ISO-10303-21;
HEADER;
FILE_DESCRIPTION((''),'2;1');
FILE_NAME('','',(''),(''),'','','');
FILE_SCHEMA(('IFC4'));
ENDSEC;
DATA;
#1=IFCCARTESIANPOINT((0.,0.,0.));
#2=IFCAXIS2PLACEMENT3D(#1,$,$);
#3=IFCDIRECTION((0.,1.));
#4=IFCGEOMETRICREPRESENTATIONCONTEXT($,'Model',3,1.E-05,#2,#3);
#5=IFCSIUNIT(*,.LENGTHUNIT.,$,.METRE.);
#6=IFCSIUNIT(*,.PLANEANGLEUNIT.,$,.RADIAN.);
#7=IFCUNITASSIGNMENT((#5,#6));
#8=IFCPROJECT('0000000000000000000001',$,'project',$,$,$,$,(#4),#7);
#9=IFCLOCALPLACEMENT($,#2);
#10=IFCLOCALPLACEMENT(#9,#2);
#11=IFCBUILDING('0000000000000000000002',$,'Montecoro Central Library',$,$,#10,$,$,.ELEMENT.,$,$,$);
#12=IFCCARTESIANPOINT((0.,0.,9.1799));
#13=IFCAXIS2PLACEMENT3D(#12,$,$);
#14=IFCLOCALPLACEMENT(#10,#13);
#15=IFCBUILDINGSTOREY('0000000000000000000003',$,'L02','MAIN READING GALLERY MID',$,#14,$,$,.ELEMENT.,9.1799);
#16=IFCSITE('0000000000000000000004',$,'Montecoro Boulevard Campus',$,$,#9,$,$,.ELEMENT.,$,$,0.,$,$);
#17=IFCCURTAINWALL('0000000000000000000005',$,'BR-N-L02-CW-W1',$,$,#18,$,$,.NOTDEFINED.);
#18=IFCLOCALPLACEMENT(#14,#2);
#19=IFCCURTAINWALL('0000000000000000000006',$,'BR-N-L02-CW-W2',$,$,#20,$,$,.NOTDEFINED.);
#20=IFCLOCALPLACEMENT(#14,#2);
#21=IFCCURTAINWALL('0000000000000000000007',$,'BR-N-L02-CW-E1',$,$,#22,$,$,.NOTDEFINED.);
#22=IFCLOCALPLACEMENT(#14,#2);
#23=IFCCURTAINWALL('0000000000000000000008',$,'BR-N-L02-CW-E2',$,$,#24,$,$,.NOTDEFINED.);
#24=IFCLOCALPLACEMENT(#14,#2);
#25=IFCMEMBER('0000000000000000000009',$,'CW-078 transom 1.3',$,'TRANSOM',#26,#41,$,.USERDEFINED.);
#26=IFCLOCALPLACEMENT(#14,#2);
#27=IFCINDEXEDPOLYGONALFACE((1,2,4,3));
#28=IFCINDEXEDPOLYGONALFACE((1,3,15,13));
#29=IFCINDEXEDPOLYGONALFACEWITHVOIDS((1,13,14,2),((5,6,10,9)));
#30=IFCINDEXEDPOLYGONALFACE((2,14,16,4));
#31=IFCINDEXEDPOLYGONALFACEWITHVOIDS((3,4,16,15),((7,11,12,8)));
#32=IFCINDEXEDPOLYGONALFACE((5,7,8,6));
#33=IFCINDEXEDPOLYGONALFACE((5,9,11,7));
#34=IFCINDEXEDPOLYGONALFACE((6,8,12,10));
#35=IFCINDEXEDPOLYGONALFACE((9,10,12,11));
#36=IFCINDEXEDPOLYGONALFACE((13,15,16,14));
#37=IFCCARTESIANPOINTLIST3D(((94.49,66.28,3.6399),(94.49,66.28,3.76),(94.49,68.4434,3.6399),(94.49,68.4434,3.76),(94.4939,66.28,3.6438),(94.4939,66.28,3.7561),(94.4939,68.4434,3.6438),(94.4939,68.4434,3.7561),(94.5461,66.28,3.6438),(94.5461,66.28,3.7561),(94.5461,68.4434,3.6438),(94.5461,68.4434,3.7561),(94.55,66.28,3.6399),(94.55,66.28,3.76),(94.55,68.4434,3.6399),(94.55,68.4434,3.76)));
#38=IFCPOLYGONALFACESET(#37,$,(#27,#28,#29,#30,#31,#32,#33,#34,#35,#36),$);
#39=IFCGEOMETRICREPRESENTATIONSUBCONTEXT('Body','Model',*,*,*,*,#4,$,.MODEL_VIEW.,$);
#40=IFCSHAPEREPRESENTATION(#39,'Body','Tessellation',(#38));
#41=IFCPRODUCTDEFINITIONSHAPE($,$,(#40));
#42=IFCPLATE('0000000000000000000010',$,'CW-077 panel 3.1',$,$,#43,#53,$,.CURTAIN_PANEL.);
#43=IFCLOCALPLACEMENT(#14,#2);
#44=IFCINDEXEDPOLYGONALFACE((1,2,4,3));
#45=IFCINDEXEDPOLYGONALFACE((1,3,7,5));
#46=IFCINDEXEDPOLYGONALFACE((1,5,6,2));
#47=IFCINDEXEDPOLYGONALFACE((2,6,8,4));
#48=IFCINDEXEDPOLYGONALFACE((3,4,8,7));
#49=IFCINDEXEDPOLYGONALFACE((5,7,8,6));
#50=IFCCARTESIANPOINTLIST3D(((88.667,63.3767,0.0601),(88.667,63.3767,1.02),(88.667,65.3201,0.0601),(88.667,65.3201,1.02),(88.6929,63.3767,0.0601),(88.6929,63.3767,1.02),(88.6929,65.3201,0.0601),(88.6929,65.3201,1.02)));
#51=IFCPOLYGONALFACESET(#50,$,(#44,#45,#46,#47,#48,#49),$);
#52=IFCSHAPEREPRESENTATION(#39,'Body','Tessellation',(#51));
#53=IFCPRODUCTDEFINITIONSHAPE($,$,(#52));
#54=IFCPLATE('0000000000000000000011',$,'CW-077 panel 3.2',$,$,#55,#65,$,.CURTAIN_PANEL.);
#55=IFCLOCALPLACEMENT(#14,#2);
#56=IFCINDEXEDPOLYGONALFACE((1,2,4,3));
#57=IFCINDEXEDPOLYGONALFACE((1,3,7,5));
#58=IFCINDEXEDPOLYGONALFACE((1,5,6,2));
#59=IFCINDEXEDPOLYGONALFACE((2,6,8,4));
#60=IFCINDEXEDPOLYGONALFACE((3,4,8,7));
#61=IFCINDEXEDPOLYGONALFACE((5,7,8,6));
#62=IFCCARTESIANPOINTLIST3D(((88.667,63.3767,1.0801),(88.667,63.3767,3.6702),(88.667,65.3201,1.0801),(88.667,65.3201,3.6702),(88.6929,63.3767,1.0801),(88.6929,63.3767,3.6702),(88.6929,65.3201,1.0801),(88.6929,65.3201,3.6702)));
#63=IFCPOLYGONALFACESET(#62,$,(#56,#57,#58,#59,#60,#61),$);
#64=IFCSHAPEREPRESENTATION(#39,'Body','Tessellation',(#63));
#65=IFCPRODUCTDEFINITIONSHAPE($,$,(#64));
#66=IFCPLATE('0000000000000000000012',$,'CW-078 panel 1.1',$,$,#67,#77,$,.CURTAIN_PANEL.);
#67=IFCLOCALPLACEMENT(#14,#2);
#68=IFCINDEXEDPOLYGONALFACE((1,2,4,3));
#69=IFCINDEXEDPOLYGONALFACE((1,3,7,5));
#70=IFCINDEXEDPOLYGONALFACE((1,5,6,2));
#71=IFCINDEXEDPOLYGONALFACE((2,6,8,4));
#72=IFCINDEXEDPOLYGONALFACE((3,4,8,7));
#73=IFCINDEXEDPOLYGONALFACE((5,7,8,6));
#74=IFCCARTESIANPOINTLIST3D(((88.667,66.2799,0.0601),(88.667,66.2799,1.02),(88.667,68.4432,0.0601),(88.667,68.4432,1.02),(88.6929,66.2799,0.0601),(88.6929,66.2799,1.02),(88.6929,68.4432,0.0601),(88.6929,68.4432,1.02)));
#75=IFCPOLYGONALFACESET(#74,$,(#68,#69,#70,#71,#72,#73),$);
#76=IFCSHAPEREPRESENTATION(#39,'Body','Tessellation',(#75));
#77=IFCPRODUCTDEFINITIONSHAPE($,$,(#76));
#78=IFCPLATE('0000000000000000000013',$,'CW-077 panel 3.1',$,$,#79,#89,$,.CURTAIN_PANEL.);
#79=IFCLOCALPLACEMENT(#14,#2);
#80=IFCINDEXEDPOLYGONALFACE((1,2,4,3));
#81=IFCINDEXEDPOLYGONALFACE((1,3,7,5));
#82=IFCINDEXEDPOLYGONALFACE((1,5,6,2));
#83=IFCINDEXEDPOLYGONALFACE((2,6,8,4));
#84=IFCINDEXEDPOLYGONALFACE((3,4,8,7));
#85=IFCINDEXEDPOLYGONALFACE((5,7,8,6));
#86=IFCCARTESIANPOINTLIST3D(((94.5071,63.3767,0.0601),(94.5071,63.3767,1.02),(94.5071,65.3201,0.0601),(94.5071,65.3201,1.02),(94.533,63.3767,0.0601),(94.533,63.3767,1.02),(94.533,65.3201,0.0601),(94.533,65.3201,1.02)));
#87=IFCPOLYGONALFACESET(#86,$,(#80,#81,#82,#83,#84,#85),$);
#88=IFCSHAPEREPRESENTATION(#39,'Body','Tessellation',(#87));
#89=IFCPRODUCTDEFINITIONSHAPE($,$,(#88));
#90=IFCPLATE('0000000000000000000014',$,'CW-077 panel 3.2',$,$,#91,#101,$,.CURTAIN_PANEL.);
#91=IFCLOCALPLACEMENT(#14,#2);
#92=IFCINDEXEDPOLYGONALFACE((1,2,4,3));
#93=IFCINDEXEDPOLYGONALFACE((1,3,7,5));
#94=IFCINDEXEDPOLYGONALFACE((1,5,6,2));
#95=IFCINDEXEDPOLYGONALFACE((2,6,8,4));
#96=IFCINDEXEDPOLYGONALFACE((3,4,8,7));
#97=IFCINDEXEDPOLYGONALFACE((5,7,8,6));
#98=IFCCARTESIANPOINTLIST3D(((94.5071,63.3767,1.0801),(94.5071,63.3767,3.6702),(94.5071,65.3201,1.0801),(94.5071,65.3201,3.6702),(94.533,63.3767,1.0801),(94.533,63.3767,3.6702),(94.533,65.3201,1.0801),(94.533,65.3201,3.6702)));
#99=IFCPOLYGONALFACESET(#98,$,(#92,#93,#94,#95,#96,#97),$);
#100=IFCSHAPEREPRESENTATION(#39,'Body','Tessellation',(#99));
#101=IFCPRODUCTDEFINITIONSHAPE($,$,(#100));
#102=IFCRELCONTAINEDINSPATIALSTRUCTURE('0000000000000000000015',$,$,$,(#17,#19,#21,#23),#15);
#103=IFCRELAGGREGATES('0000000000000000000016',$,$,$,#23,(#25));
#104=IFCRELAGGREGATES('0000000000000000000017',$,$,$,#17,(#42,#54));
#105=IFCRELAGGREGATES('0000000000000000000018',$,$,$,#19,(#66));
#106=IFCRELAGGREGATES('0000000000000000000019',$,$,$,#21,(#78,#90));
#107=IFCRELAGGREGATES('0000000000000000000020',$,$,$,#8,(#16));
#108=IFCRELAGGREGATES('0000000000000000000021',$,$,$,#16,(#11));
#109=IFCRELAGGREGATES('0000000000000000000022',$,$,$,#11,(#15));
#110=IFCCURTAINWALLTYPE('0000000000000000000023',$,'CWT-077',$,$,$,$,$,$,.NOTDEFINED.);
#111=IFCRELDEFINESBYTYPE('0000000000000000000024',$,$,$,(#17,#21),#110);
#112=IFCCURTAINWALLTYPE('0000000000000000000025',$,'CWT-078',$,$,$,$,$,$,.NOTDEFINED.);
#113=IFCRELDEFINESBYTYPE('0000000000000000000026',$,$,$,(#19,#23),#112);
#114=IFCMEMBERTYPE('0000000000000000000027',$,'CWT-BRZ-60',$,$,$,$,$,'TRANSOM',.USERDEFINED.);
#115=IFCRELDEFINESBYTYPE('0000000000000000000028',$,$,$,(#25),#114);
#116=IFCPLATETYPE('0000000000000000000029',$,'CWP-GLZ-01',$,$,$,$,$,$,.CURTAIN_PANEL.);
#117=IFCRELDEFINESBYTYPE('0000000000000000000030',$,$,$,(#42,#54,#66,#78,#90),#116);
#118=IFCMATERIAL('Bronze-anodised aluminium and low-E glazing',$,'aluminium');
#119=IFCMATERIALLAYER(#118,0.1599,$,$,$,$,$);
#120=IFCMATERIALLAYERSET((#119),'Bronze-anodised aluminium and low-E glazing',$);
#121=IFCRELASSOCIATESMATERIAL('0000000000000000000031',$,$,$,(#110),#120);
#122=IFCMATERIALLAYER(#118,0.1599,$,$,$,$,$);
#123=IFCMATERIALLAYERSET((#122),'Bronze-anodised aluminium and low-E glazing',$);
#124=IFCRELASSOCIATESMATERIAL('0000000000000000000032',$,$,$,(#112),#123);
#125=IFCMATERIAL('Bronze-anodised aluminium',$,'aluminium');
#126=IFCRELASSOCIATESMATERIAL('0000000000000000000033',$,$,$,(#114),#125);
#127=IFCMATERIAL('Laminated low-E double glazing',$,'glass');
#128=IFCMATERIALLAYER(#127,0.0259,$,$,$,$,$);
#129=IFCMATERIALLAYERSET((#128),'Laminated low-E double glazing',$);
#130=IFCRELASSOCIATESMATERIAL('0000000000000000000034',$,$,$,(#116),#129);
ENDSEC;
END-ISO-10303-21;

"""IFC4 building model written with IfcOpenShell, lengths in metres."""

from ifc_helpers import new_model, si_unit, direction, frame, origin, origin_2d, place, context, subcontext, project, spatial, rectangle, hollow_rectangle, extrude, material, layer, layer_set, material_profile, profile_set, type_object, element, aggregate, save


model = new_model("IFC4")

# Units and contexts
model_context = context("Model", 3, precision=1e-05, world=origin(), true_north=direction((0.0, 1.0)))
body_context = subcontext(model_context, "Body", "Model", "MODEL_VIEW")
ifc_project = project(units=[si_unit("LENGTHUNIT", "METRE"), si_unit("PLANEANGLEUNIT", "RADIAN")], contexts=[model_context])

# Site, building, storey
site_placement = place(None, origin())
site = spatial("IfcSite", under=ifc_project, at=site_placement, Name="Montecoro Boulevard Campus", CompositionType="ELEMENT", RefElevation=0.0)
building_placement = place(site_placement, origin())
building = spatial("IfcBuilding", under=site, at=building_placement, Name="Montecoro Central Library", CompositionType="ELEMENT")
storey_placement = place(building_placement, frame((0.0, 0.0, 9.1799)))
storey = spatial("IfcBuildingStorey", under=building, at=storey_placement, Name="L02", Description="MAIN READING GALLERY MID", CompositionType="ELEMENT", Elevation=9.1799)

# Curtain wall
ifc_material_1 = material(Name="Bronze-anodised aluminium and low-E glazing", Category="aluminium")
ifc_layer_1 = layer(ifc_material_1, 0.1599)
ifc_layer_set_1 = layer_set([ifc_layer_1], Name="Bronze-anodised aluminium and low-E glazing")
curtain_wall_type_1 = type_object("IfcCurtainWallType", Name="CWT-077", PredefinedType="NOTDEFINED", material=ifc_layer_set_1)
curtain_wall_1_placement = place(storey_placement, origin())
curtain_wall_1 = element("IfcCurtainWall", 1, at=curtain_wall_1_placement, inside=storey, type_object=curtain_wall_type_1, Name="BR-N-L02-CW-W1", PredefinedType="NOTDEFINED")
ifc_material_2 = material(Name="Bronze-anodised aluminium", Category="aluminium")

# Curtain wall
ifc_layer_2 = layer(ifc_material_1, 0.1599)
ifc_layer_set_2 = layer_set([ifc_layer_2], Name="Bronze-anodised aluminium and low-E glazing")
curtain_wall_type_2 = type_object("IfcCurtainWallType", Name="CWT-078", PredefinedType="NOTDEFINED", material=ifc_layer_set_2)
curtain_wall_2_placement = place(storey_placement, origin())
curtain_wall_2 = element("IfcCurtainWall", 2, at=curtain_wall_2_placement, inside=storey, type_object=curtain_wall_type_2, Name="BR-N-L02-CW-W2", PredefinedType="NOTDEFINED")

# Curtain wall
curtain_wall_3_placement = place(storey_placement, origin())
curtain_wall_3 = element("IfcCurtainWall", 3, at=curtain_wall_3_placement, inside=storey, type_object=curtain_wall_type_1, Name="BR-N-L02-CW-E1", PredefinedType="NOTDEFINED")

# Curtain wall
curtain_wall_4_placement = place(storey_placement, origin())
curtain_wall_4 = element("IfcCurtainWall", 4, at=curtain_wall_4_placement, inside=storey, type_object=curtain_wall_type_2, Name="BR-N-L02-CW-E2", PredefinedType="NOTDEFINED")

# Member
ifc_material_profile_1 = material_profile(ifc_material_2, hollow_rectangle(XDim=0.0601, YDim=0.1201, WallThickness=0.0039, at=origin_2d()), Name="CWT 120x60x4.0")
ifc_profile_set_1 = profile_set([ifc_material_profile_1], Name="Bronze-anodised aluminium")
member_type_1 = type_object("IfcMemberType", Name="CWT-BRZ-60", ElementType="TRANSOM", PredefinedType="USERDEFINED", material=ifc_profile_set_1)
member_1_placement = place(storey_placement, frame((94.52, 66.28, 3.7), z_axis=(0.0, 1.0, 0.0), x_axis=(-1.0, 0.0, 0.0)))
member_1 = element("IfcMember", 5, at=member_1_placement, type_object=member_type_1, Name="CW-078 transom 1.3", ObjectType="TRANSOM", PredefinedType="USERDEFINED", context=body_context, shape_type="SweptSolid", body=[
    extrude(hollow_rectangle(XDim=0.0601, YDim=0.1201, WallThickness=0.0039, at=origin_2d()), origin(), (0.0, 0.0, 1.0), 2.1633),
])
aggregate(curtain_wall_4, [member_1])

# Plates
ifc_material_3 = material(Name="Laminated low-E double glazing", Category="glass")
ifc_layer_3 = layer(ifc_material_3, 0.0259)
ifc_layer_set_3 = layer_set([ifc_layer_3], Name="Laminated low-E double glazing")
plate_type = type_object("IfcPlateType", Name="CWP-GLZ-01", PredefinedType="CURTAIN_PANEL", material=ifc_layer_set_3)
plate_1_placement = place(storey_placement, frame((88.6799, 64.3484, 0.0601), z_axis=(0.0, 0.0, 1.0), x_axis=(0.0, 1.0, 0.0)))
plate_1 = element("IfcPlate", 6, at=plate_1_placement, type_object=plate_type, Name="CW-077 panel 3.1", PredefinedType="CURTAIN_PANEL", context=body_context, shape_type="SweptSolid", body=[
    extrude(rectangle(XDim=1.9434, YDim=0.0259, at=origin_2d()), origin(), (0.0, 0.0, 1.0), 0.96),
])
plate_2_placement = place(storey_placement, frame((88.6799, 64.3484, 1.0801), z_axis=(0.0, 0.0, 1.0), x_axis=(0.0, 1.0, 0.0)))
plate_2 = element("IfcPlate", 7, at=plate_2_placement, type_object=plate_type, Name="CW-077 panel 3.2", PredefinedType="CURTAIN_PANEL", context=body_context, shape_type="SweptSolid", body=[
    extrude(rectangle(XDim=1.9434, YDim=0.0259, at=origin_2d()), origin(), (0.0, 0.0, 1.0), 2.5901),
])
aggregate(curtain_wall_1, [plate_1, plate_2])
plate_3_placement = place(storey_placement, frame((88.6799, 67.3616, 0.0601), z_axis=(0.0, 0.0, 1.0), x_axis=(0.0, 1.0, 0.0)))
plate_3 = element("IfcPlate", 8, at=plate_3_placement, type_object=plate_type, Name="CW-078 panel 1.1", PredefinedType="CURTAIN_PANEL", context=body_context, shape_type="SweptSolid", body=[
    extrude(rectangle(XDim=2.1633, YDim=0.0259, at=origin_2d()), origin(), (0.0, 0.0, 1.0), 0.96),
])
aggregate(curtain_wall_2, [plate_3])
plate_4_placement = place(storey_placement, frame((94.52, 64.3484, 0.0601), z_axis=(0.0, 0.0, 1.0), x_axis=(0.0, 1.0, 0.0)))
plate_4 = element("IfcPlate", 9, at=plate_4_placement, type_object=plate_type, Name="CW-077 panel 3.1", PredefinedType="CURTAIN_PANEL", context=body_context, shape_type="SweptSolid", body=[
    extrude(rectangle(XDim=1.9434, YDim=0.0259, at=origin_2d()), origin(), (0.0, 0.0, 1.0), 0.96),
])
plate_5_placement = place(storey_placement, frame((94.52, 64.3484, 1.0801), z_axis=(0.0, 0.0, 1.0), x_axis=(0.0, 1.0, 0.0)))
plate_5 = element("IfcPlate", 10, at=plate_5_placement, type_object=plate_type, Name="CW-077 panel 3.2", PredefinedType="CURTAIN_PANEL", context=body_context, shape_type="SweptSolid", body=[
    extrude(rectangle(XDim=1.9434, YDim=0.0259, at=origin_2d()), origin(), (0.0, 0.0, 1.0), 2.5901),
])
aggregate(curtain_wall_3, [plate_4, plate_5])

save(model, "model.ifc")
